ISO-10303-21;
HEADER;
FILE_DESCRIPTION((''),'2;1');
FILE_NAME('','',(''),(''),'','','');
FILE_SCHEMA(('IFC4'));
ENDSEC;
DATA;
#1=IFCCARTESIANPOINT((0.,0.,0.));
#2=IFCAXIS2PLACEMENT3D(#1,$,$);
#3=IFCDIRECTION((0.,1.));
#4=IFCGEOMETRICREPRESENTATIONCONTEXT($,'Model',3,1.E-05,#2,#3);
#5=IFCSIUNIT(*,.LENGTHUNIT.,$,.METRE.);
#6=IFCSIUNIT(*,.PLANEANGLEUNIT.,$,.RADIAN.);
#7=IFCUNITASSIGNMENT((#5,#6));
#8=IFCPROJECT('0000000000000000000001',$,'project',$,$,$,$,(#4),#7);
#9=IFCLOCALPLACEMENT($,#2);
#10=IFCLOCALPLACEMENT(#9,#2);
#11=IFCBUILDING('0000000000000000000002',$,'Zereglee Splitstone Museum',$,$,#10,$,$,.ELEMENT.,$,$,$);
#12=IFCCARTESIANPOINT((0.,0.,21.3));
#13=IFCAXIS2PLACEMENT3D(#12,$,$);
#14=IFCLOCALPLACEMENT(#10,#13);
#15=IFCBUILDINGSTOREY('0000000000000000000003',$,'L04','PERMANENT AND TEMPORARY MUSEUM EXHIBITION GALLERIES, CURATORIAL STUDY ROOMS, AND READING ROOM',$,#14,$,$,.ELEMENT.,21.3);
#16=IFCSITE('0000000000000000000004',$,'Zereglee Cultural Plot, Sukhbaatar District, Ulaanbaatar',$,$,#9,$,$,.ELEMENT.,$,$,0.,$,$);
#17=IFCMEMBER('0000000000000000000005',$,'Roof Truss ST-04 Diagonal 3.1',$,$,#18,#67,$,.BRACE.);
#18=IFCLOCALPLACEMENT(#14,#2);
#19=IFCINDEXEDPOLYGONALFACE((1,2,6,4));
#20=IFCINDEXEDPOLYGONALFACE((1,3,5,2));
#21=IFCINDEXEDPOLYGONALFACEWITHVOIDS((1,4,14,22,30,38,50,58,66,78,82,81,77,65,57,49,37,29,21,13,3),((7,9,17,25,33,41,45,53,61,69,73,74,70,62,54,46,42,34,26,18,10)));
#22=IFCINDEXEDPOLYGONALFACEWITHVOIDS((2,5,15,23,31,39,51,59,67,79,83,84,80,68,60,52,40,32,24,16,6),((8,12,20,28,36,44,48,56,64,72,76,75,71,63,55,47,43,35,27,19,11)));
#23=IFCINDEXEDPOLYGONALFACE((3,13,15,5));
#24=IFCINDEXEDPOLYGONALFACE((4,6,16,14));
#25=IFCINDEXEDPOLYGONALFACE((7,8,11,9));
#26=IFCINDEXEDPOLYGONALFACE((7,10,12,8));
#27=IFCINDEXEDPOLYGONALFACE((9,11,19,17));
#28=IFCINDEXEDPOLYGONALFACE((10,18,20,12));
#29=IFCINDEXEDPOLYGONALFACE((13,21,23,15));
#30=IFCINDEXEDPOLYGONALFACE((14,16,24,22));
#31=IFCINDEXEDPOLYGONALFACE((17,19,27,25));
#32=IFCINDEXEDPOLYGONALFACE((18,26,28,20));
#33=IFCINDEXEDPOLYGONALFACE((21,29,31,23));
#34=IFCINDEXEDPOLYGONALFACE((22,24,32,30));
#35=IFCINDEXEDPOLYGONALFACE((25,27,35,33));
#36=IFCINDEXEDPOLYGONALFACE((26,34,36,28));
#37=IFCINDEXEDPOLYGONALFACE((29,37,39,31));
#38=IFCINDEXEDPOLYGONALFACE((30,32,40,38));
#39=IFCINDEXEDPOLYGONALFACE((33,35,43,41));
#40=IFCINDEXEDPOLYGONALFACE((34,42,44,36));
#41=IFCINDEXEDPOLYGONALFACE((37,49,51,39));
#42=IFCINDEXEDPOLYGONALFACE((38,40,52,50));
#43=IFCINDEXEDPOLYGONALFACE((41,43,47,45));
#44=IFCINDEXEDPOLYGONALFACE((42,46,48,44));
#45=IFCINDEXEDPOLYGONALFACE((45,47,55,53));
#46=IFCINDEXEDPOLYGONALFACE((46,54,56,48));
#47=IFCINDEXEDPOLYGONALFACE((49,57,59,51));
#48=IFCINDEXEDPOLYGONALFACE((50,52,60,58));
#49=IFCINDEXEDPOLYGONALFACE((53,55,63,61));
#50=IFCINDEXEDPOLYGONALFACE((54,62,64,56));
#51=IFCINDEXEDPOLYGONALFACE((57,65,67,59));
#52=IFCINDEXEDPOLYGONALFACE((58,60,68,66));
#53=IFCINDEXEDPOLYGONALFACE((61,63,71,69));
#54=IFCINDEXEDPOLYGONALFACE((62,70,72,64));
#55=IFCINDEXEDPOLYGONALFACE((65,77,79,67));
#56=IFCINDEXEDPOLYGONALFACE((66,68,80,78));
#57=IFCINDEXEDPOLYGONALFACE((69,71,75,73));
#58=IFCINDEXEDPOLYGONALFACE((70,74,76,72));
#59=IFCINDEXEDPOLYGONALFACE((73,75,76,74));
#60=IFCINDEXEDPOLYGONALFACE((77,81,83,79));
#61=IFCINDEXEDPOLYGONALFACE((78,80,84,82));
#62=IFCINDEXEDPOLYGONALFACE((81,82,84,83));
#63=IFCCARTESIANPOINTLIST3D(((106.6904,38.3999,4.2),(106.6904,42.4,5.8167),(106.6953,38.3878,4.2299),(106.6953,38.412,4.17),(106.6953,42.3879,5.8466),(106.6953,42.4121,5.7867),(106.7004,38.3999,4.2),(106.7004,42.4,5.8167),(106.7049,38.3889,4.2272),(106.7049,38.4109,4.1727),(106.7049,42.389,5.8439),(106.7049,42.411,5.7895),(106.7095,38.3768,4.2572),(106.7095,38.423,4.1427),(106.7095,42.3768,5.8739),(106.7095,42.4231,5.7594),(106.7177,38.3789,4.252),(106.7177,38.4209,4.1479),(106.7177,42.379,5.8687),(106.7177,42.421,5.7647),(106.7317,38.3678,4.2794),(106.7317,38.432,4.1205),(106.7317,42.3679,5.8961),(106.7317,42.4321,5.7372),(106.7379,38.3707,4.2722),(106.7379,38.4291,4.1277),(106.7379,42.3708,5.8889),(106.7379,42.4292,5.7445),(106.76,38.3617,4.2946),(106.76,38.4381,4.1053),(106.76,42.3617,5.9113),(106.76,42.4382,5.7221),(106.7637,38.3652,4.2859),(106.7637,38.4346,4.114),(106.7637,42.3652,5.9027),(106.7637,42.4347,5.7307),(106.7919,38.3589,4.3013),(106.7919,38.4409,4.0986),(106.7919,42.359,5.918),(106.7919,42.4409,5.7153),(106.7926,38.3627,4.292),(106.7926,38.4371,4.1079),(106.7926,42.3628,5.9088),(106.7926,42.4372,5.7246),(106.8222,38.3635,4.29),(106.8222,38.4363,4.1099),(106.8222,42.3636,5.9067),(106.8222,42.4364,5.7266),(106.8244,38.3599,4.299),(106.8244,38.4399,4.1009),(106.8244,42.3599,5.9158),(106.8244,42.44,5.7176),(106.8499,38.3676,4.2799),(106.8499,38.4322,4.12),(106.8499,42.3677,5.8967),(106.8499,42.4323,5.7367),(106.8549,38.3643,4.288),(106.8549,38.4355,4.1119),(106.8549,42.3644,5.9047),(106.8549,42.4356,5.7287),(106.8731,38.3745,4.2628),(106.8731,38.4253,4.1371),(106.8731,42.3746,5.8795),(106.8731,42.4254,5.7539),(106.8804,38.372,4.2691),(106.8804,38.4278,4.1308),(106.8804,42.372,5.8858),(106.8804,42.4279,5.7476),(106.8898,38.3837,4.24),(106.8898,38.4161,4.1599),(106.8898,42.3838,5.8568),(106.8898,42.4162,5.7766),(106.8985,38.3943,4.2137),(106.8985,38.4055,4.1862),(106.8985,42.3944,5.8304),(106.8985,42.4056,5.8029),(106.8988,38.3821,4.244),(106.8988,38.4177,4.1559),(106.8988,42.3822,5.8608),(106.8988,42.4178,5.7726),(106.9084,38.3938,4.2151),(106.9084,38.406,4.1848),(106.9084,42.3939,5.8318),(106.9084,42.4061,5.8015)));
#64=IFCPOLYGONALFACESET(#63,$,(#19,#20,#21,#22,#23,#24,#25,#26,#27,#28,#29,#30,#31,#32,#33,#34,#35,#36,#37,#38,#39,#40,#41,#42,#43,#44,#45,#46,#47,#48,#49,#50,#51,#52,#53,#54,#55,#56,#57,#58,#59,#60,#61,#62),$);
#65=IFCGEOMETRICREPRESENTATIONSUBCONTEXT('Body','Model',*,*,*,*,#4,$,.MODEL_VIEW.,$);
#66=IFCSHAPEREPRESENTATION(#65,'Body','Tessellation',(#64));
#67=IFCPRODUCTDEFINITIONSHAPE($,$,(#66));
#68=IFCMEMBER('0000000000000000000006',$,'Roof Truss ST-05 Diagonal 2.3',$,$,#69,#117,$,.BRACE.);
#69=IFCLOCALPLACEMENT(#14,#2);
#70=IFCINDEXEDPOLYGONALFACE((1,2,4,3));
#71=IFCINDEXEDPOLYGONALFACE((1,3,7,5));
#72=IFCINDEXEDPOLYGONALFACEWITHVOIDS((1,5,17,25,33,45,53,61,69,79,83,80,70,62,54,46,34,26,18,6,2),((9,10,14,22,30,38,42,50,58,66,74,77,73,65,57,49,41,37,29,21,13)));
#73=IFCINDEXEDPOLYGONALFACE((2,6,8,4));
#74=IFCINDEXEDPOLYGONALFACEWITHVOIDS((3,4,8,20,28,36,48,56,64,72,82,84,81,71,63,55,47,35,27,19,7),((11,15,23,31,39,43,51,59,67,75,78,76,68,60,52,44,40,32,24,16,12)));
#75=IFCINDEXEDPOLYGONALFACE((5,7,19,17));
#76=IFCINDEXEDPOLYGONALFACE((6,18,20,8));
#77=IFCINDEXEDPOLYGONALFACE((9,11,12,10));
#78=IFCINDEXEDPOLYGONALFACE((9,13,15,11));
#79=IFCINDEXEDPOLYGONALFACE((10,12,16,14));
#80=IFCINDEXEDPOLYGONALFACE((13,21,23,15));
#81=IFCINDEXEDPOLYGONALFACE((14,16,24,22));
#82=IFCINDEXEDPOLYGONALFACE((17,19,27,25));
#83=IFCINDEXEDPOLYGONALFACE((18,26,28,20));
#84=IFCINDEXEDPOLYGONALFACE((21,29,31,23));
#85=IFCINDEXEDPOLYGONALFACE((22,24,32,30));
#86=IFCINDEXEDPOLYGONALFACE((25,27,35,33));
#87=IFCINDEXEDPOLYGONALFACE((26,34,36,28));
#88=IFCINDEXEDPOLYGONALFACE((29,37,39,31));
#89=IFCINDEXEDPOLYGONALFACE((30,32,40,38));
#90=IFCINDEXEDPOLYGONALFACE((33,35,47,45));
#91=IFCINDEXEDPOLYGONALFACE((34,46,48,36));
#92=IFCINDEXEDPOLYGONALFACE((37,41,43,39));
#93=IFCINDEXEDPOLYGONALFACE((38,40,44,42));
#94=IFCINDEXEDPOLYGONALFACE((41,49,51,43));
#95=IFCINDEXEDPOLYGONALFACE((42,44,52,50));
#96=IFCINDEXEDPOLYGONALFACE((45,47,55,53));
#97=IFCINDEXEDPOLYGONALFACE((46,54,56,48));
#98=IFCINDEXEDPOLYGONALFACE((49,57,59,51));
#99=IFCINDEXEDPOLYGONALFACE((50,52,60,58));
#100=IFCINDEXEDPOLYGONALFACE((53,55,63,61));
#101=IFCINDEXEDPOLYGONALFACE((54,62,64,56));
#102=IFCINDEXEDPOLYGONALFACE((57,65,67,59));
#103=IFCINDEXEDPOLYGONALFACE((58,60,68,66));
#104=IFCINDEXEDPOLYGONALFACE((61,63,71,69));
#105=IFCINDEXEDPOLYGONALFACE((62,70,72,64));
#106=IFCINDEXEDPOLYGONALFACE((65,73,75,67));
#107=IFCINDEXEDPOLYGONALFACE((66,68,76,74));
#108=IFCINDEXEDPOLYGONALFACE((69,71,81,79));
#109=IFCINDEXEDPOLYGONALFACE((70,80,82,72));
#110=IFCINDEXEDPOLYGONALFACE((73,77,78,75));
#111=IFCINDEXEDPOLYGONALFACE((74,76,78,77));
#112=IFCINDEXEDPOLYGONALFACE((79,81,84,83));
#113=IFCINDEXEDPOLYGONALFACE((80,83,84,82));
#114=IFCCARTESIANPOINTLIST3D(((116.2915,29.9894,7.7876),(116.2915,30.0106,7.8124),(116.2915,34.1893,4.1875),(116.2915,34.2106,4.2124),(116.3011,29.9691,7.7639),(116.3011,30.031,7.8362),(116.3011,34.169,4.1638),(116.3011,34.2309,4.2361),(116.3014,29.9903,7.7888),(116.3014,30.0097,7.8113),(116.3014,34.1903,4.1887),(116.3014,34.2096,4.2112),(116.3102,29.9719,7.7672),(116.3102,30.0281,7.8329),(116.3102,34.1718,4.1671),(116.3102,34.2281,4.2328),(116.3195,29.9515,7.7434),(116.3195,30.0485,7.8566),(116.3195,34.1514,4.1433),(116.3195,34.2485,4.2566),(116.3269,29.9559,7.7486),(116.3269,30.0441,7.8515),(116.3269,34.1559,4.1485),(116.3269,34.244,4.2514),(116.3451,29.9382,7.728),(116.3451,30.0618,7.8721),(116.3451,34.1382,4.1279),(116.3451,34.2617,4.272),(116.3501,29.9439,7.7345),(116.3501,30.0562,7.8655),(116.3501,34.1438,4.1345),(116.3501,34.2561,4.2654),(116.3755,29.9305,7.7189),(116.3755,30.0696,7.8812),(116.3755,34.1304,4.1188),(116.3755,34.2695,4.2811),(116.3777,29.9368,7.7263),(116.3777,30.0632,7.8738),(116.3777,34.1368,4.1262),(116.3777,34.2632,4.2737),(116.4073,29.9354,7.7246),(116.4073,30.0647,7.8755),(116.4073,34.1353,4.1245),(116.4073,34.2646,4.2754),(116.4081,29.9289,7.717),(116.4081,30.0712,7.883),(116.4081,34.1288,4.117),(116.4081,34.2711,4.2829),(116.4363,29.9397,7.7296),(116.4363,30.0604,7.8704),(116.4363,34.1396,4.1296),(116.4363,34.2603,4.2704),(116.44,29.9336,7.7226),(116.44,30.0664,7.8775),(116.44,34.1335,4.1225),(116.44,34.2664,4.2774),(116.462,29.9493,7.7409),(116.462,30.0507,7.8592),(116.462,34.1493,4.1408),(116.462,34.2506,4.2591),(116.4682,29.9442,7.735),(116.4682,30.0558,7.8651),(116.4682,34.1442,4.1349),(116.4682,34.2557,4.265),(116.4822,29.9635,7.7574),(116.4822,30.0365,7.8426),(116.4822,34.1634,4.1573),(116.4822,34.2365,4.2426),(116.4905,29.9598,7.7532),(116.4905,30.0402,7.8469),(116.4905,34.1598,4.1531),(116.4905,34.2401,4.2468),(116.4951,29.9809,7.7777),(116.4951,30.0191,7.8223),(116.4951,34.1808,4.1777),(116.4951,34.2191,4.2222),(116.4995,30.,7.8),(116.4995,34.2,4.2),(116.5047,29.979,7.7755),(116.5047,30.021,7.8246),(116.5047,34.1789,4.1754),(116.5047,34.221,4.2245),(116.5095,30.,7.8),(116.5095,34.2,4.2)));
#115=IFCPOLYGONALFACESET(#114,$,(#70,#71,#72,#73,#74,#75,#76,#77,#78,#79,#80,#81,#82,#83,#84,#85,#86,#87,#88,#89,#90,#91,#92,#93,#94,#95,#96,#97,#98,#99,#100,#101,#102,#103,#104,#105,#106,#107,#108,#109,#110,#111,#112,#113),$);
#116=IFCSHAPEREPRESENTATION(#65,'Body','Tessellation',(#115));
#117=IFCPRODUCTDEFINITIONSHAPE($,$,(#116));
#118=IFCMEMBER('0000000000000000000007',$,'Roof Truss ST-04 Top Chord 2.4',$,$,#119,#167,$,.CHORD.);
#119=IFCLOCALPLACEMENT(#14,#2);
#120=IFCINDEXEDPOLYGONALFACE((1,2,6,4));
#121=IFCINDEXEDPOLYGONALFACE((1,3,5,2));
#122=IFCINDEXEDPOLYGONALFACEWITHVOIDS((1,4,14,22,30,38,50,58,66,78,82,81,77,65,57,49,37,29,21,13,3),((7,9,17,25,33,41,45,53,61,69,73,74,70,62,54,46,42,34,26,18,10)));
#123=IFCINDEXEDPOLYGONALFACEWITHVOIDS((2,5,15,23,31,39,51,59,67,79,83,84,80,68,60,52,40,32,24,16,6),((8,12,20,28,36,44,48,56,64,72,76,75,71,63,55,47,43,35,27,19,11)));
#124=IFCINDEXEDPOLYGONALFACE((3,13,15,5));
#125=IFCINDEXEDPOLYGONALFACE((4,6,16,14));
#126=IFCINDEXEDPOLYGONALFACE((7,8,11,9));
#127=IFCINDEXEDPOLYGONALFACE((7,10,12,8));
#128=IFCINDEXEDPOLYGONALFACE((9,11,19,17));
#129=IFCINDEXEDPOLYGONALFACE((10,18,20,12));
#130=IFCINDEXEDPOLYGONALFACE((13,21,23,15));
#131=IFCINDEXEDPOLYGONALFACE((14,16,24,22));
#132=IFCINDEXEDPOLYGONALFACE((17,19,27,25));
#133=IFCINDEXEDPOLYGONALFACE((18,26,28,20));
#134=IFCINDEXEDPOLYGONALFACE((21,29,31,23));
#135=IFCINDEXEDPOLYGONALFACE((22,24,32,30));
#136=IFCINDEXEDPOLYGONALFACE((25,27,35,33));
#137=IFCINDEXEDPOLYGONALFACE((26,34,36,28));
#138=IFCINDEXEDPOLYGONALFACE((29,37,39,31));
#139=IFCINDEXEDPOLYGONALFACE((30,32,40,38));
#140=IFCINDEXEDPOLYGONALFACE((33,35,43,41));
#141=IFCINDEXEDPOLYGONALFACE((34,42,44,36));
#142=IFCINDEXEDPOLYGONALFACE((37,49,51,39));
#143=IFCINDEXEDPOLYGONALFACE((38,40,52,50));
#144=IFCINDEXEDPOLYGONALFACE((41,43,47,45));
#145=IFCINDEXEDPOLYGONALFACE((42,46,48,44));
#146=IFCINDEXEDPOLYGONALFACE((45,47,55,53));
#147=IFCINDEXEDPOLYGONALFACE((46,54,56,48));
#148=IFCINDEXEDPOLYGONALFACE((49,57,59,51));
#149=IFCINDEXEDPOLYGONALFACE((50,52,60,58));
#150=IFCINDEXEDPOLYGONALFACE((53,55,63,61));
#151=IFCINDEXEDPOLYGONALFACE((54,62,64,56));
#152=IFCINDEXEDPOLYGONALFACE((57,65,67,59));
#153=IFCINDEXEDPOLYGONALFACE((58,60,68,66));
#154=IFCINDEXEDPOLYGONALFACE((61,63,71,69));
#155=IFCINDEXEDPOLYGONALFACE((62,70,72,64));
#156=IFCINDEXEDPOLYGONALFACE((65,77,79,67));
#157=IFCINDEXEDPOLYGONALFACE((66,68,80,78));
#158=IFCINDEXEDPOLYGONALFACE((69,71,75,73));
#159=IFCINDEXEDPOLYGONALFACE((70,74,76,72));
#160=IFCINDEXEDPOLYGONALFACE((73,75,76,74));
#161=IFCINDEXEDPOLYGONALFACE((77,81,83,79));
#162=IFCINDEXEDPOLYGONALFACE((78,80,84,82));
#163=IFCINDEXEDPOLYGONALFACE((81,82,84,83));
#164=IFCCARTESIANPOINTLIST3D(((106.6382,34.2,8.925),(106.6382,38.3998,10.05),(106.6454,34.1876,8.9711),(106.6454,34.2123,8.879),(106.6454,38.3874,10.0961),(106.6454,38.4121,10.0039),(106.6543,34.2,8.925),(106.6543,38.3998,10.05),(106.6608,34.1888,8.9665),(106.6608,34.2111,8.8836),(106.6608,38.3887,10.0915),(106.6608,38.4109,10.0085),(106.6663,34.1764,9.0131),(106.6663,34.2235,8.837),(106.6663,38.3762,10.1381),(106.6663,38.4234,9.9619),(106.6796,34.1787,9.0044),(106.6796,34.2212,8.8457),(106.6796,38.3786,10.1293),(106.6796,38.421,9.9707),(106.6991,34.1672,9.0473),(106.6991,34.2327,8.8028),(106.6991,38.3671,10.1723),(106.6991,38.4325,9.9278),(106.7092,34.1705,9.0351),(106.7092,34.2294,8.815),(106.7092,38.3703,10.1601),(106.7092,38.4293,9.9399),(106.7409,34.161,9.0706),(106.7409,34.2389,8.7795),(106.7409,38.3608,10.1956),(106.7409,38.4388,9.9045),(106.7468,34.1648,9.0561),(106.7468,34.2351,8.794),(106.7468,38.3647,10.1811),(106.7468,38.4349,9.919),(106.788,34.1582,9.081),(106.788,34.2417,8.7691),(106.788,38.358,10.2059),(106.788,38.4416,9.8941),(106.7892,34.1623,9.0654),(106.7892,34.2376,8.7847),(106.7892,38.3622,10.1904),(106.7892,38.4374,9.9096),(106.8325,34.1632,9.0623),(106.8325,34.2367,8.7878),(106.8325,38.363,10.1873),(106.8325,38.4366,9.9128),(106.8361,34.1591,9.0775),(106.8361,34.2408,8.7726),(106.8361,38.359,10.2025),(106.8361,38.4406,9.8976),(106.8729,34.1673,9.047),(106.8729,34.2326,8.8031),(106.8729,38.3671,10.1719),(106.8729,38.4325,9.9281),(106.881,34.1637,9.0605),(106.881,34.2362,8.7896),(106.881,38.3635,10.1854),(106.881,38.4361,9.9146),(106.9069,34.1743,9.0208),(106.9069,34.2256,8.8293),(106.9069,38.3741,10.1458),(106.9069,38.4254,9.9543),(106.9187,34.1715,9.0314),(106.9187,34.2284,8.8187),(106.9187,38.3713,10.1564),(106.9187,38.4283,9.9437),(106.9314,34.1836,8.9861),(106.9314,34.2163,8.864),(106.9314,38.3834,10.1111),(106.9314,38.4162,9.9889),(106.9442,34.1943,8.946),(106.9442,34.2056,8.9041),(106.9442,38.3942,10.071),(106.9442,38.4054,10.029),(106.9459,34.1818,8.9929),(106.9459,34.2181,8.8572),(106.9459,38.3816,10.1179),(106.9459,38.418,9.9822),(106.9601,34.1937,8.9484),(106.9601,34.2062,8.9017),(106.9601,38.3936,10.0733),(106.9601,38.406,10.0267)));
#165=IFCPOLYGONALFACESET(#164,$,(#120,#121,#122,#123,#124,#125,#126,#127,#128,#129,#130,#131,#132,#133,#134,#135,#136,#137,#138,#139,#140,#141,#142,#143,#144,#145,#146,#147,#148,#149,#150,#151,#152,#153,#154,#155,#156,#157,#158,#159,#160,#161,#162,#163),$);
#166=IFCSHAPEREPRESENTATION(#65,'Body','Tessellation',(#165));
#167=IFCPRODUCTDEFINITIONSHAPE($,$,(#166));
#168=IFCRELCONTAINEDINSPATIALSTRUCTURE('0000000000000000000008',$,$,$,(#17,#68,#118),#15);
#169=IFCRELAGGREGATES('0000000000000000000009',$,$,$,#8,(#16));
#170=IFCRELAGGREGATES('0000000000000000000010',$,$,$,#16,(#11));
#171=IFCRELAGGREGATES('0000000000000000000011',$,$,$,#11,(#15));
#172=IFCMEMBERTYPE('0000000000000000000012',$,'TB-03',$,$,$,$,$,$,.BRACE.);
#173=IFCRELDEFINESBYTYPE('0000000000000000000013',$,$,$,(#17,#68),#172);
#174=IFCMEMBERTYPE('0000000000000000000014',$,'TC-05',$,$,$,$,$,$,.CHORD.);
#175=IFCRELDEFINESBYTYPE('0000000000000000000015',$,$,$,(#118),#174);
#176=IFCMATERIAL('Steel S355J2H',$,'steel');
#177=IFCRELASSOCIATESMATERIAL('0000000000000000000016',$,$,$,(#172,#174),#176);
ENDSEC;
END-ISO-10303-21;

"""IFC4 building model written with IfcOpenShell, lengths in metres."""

from ifc_helpers import new_model, si_unit, direction, frame, origin, origin_2d, place, context, subcontext, project, spatial, hollow_circle, extrude, material, material_profile, profile_set, type_object, element, save


model = new_model("IFC4")

# Units and contexts
model_context = context("Model", 3, precision=1e-05, world=origin(), true_north=direction((0.0, 1.0)))
body_context = subcontext(model_context, "Body", "Model", "MODEL_VIEW")
ifc_project = project(units=[si_unit("LENGTHUNIT", "METRE"), si_unit("PLANEANGLEUNIT", "RADIAN")], contexts=[model_context])

# Site, building, storey
site_placement = place(None, origin())
site = spatial("IfcSite", under=ifc_project, at=site_placement, Name="Zereglee Cultural Plot, Sukhbaatar District, Ulaanbaatar", CompositionType="ELEMENT", RefElevation=0.0)
building_placement = place(site_placement, origin())
building = spatial("IfcBuilding", under=site, at=building_placement, Name="Zereglee Splitstone Museum", CompositionType="ELEMENT")
storey_placement = place(building_placement, frame((0.0, 0.0, 21.3)))
storey = spatial("IfcBuildingStorey", under=building, at=storey_placement, Name="L04", Description="PERMANENT AND TEMPORARY MUSEUM EXHIBITION GALLERIES, CURATORIAL STUDY ROOMS, AND READING ROOM", CompositionType="ELEMENT", Elevation=21.3)

# Members
ifc_material_1 = material(Name="Steel S355J2H", Category="steel")
ifc_material_profile_1 = material_profile(ifc_material_1, hollow_circle(Radius=0.1096, WallThickness=0.01, at=origin_2d()), Name="CHS 219.1x10")
ifc_profile_set_1 = profile_set([ifc_material_profile_1], Name="Steel S355J2H")
member_type_1 = type_object("IfcMemberType", Name="TB-03", PredefinedType="BRACE", material=ifc_profile_set_1)
member_1_placement = place(storey_placement, frame((106.8, 38.3999, 4.2), z_axis=(0.0, 0.927136, 0.374725), x_axis=(-1.0, 0.0, 0.0)))
element("IfcMember", 1, at=member_1_placement, inside=storey, type_object=member_type_1, Name="Roof Truss ST-04 Diagonal 3.1", PredefinedType="BRACE", context=body_context, shape_type="SweptSolid", body=[
    extrude(hollow_circle(Radius=0.1096, WallThickness=0.01, at=origin_2d()), origin(), (0.0, 0.0, 1.0), 4.3145),
])
member_2_placement = place(storey_placement, frame((116.3999, 34.2, 4.2), z_axis=(0.0, -0.759244, 0.650806), x_axis=(1.0, 0.0, 0.0)))
element("IfcMember", 2, at=member_2_placement, inside=storey, type_object=member_type_1, Name="Roof Truss ST-05 Diagonal 2.3", PredefinedType="BRACE", context=body_context, shape_type="SweptSolid", body=[
    extrude(hollow_circle(Radius=0.1096, WallThickness=0.01, at=origin_2d()), origin(), (0.0, 0.0, 1.0), 5.5317),
])
ifc_material_profile_2 = material_profile(ifc_material_1, hollow_circle(Radius=0.1619, WallThickness=0.0161, at=origin_2d()), Name="CHS 323.9x16")
ifc_profile_set_2 = profile_set([ifc_material_profile_2], Name="Steel S355J2H")
member_type_2 = type_object("IfcMemberType", Name="TC-05", PredefinedType="CHORD", material=ifc_profile_set_2)
member_3_placement = place(storey_placement, frame((106.8, 34.2, 8.925), z_axis=(0.0, 0.965947, 0.258739), x_axis=(-1.0, 0.0, 0.0)))
element("IfcMember", 3, at=member_3_placement, inside=storey, type_object=member_type_2, Name="Roof Truss ST-04 Top Chord 2.4", PredefinedType="CHORD", context=body_context, shape_type="SweptSolid", body=[
    extrude(hollow_circle(Radius=0.1619, WallThickness=0.0161, at=origin_2d()), origin(), (0.0, 0.0, 1.0), 4.3479),
])

save(model, "model.ifc")
